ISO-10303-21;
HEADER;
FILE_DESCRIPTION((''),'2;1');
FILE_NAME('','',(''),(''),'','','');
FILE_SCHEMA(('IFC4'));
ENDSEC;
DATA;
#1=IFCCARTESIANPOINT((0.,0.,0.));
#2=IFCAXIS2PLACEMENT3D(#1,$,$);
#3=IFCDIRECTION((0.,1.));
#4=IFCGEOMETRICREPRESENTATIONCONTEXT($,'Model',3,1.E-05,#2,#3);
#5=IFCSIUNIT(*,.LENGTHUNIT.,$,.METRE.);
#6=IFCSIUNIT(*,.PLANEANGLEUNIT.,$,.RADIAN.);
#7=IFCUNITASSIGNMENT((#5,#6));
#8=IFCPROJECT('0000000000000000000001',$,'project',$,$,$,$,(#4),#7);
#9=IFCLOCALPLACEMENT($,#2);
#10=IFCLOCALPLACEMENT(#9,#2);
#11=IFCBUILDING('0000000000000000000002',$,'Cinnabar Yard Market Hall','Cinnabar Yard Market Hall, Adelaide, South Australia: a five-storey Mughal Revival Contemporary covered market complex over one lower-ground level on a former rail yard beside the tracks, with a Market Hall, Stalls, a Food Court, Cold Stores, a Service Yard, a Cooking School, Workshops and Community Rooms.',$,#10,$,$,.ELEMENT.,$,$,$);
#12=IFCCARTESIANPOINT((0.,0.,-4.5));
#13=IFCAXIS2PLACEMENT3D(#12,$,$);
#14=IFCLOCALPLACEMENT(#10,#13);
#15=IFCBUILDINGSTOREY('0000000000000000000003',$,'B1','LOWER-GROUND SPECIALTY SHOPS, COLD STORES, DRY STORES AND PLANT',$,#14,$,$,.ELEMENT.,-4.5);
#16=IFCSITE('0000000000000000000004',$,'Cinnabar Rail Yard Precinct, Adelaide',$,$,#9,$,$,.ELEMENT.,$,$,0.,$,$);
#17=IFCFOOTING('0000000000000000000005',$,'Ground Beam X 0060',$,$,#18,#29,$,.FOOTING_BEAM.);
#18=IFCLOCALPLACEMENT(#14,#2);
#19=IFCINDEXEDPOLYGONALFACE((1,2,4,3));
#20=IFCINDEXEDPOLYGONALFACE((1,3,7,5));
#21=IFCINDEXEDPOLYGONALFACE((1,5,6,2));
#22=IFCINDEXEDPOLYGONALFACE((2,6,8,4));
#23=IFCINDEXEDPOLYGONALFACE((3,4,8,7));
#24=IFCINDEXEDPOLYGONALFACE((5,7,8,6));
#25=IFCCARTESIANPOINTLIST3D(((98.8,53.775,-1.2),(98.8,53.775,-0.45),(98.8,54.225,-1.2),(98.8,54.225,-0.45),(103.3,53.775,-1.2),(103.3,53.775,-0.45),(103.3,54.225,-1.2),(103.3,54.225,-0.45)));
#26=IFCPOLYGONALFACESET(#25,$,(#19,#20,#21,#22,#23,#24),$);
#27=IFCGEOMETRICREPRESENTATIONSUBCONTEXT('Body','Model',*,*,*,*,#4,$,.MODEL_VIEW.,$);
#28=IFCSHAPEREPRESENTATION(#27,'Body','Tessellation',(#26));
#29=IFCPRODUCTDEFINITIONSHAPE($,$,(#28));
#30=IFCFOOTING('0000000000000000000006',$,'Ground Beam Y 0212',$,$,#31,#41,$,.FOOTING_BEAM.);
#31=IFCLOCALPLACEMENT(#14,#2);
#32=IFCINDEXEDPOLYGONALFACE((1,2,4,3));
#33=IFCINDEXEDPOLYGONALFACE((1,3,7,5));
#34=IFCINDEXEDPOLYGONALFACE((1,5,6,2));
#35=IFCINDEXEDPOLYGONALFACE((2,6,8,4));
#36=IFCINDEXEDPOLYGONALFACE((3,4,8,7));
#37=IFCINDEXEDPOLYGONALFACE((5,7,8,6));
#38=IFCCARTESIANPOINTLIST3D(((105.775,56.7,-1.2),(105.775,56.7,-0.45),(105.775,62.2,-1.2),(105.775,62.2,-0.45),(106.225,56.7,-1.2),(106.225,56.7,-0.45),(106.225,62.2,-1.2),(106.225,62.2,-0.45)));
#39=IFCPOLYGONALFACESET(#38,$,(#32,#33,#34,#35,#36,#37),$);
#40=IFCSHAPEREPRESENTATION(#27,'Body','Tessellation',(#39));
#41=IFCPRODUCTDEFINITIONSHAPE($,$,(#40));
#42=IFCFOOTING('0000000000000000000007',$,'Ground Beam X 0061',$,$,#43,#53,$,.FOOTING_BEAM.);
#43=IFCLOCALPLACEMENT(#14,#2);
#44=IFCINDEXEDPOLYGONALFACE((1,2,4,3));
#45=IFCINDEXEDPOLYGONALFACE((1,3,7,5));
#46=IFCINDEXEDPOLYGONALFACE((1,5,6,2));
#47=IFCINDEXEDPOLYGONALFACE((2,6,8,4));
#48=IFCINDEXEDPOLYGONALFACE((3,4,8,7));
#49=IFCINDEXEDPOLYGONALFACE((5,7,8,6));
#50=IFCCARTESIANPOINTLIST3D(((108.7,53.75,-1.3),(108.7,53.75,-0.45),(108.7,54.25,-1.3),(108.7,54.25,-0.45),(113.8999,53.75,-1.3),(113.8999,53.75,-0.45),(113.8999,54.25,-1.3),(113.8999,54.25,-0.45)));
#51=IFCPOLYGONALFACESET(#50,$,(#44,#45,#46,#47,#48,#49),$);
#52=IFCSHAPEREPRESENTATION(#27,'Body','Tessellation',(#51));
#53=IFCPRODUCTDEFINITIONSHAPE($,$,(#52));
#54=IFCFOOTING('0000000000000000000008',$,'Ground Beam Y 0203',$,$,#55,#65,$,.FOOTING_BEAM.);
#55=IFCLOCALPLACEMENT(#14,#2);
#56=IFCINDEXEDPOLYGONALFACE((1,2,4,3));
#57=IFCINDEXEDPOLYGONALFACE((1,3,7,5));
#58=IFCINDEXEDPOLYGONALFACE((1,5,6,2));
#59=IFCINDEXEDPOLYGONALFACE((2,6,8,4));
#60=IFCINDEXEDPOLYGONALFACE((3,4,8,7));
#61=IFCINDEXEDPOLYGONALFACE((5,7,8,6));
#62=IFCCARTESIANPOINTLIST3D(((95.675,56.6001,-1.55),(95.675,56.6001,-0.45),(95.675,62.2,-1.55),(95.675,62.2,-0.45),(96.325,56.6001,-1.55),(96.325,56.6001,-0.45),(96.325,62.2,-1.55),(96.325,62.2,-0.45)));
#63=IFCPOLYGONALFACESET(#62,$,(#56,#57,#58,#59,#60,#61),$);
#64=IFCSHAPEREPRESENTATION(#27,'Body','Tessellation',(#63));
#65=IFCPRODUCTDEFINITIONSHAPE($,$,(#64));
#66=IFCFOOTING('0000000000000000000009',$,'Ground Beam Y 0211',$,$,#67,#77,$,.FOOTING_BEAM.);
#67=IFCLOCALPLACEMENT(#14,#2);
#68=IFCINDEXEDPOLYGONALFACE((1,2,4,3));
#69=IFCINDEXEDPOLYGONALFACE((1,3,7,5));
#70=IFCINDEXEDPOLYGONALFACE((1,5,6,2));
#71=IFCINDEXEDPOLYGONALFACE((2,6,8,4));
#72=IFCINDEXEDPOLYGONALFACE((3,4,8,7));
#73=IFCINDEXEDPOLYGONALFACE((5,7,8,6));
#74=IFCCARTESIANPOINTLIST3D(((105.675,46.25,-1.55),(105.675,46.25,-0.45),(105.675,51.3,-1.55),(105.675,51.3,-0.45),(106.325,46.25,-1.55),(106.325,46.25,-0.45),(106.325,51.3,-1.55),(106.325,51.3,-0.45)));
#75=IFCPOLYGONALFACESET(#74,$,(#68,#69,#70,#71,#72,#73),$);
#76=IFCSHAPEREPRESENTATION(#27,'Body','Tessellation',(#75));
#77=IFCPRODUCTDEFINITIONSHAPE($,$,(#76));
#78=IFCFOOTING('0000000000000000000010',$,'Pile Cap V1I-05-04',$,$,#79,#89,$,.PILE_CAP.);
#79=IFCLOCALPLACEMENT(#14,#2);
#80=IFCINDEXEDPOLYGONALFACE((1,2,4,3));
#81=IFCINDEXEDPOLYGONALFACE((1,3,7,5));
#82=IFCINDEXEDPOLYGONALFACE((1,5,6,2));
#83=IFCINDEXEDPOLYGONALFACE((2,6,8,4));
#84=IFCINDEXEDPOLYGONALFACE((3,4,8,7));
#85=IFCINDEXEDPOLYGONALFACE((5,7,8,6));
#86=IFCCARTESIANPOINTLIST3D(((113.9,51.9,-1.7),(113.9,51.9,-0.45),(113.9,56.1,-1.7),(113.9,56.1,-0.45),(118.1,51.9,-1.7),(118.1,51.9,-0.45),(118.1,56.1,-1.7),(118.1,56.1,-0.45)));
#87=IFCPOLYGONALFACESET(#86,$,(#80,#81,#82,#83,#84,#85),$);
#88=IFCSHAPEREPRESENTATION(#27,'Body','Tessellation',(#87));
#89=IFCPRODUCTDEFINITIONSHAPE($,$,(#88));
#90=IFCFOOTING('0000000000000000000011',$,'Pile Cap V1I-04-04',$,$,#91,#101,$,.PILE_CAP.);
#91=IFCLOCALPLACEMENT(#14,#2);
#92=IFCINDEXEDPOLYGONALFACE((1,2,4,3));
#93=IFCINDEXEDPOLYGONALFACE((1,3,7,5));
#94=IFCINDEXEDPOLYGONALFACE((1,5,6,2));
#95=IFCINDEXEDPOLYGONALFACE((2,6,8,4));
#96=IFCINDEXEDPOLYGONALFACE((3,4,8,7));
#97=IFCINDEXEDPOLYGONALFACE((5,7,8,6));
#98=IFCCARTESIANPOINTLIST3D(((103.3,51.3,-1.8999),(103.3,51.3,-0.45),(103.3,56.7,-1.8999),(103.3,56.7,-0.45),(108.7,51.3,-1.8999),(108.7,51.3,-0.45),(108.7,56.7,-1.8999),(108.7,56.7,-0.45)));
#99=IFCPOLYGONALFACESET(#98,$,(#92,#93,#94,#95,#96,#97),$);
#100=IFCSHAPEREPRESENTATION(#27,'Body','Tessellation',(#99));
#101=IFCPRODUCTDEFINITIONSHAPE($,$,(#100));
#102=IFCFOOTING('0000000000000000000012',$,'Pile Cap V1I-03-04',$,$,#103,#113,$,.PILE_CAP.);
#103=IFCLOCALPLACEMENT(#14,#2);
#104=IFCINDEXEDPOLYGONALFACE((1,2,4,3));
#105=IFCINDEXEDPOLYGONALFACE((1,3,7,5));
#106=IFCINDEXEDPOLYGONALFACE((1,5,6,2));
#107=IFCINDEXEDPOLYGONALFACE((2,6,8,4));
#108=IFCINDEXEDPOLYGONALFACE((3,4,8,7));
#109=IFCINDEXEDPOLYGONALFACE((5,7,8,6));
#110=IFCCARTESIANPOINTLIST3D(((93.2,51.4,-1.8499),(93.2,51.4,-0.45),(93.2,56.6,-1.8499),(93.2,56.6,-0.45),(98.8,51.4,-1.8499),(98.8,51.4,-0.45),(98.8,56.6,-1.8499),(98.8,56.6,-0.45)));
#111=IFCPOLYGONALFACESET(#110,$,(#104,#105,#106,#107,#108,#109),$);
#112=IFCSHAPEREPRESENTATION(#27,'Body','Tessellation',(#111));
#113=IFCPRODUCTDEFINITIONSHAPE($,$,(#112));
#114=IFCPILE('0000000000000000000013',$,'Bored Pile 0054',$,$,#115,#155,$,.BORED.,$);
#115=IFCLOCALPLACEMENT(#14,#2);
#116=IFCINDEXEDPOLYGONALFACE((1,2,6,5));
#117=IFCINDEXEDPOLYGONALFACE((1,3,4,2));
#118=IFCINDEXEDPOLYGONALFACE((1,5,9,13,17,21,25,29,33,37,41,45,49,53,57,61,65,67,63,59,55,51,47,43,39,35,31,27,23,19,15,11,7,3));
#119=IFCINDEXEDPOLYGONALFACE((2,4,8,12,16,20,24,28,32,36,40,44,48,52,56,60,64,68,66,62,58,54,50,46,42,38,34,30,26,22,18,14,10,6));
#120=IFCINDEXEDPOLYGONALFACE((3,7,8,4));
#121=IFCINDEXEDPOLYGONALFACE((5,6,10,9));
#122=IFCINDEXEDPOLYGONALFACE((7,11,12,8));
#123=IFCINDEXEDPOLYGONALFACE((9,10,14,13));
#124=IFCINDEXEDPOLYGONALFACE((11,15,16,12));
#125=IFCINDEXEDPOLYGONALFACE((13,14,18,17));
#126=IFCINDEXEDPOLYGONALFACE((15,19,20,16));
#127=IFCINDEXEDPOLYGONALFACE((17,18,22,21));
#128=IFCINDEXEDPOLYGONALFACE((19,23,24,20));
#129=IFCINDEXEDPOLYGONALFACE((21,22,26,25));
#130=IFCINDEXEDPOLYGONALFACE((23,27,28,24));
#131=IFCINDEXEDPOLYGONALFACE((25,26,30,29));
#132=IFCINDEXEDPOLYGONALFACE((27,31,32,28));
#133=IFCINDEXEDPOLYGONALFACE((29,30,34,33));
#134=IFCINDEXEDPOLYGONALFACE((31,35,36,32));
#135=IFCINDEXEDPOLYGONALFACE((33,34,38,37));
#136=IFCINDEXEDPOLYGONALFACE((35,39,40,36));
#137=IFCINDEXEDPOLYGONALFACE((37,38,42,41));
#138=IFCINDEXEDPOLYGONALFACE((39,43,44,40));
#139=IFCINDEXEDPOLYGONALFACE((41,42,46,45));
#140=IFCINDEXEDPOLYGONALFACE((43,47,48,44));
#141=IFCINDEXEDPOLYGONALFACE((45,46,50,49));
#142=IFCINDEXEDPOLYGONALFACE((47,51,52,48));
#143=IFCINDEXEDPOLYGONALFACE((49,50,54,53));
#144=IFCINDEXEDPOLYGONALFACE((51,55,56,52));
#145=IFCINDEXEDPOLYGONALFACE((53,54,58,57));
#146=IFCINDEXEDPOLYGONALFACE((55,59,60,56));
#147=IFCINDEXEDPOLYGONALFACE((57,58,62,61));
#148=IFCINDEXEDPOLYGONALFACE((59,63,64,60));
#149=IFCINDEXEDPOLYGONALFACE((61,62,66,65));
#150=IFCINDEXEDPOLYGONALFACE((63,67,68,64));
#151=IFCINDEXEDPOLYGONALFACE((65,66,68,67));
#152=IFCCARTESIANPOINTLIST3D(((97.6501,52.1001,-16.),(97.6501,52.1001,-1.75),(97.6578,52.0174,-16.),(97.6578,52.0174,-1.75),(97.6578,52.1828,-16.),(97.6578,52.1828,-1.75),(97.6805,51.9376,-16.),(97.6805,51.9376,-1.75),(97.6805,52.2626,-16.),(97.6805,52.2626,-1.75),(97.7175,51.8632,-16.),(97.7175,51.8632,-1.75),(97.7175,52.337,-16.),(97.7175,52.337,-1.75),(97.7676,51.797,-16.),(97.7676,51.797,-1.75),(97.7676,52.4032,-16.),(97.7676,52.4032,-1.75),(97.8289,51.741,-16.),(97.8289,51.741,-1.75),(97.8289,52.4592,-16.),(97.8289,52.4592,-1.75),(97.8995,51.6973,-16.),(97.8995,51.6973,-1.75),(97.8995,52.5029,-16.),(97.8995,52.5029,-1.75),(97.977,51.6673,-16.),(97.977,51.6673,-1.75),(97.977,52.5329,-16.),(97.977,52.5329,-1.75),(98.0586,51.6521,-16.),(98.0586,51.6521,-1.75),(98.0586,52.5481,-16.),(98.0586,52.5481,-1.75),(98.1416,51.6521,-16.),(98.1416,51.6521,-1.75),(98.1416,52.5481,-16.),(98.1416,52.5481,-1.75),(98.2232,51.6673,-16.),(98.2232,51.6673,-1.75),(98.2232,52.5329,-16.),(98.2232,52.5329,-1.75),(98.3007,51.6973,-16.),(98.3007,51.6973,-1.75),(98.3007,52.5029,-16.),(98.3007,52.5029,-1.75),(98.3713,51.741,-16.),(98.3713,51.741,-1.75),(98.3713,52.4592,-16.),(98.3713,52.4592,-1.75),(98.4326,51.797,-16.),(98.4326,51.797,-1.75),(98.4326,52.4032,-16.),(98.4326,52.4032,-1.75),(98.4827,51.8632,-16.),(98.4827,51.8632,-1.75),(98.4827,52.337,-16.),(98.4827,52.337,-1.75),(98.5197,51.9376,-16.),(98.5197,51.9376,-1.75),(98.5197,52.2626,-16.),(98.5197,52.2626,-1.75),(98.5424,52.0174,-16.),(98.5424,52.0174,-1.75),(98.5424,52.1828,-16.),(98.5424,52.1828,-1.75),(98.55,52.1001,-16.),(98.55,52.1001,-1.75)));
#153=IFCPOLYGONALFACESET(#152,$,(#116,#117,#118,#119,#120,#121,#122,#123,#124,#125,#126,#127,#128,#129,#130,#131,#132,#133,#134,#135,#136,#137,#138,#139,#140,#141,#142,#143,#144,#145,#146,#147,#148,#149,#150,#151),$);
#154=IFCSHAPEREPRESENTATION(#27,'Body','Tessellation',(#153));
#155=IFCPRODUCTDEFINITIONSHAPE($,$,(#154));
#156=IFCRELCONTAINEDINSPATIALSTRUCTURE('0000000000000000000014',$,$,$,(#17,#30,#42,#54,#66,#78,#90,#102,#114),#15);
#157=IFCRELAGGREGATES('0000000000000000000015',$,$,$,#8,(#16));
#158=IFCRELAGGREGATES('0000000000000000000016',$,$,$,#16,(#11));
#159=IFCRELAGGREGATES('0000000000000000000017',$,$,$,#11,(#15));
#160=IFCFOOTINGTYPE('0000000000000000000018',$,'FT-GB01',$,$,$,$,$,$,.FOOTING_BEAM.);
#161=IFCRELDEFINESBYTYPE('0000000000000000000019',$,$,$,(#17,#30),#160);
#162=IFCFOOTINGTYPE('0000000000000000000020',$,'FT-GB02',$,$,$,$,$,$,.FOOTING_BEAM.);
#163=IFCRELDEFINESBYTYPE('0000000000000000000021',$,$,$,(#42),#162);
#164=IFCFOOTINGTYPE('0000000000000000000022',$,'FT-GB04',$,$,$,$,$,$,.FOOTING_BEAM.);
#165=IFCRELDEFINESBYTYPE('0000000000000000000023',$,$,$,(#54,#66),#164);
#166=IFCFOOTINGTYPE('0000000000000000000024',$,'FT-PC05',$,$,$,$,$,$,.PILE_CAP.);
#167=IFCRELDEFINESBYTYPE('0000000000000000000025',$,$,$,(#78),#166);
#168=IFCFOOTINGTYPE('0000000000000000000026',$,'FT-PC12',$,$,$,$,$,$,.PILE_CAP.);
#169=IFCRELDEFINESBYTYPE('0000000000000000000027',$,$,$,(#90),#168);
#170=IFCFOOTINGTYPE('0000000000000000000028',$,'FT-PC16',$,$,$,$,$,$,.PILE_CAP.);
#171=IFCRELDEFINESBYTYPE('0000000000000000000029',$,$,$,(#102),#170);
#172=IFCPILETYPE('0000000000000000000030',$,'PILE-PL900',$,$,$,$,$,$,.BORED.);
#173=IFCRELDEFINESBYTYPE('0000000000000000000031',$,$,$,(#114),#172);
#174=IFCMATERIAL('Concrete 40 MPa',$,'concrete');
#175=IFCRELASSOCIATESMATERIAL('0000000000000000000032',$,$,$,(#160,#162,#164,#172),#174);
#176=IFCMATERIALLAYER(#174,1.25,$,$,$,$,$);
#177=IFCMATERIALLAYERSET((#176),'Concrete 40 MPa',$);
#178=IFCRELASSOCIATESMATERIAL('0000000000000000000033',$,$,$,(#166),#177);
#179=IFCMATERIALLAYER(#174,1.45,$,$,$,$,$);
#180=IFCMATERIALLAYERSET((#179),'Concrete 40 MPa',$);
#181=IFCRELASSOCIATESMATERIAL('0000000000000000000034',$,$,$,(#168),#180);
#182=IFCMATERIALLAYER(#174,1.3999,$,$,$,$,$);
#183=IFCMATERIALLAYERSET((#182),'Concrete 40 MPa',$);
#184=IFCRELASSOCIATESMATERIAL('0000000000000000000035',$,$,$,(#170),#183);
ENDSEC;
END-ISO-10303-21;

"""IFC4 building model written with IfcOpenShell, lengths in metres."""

from ifc_helpers import new_model, si_unit, direction, frame, origin, origin_2d_with_axis, place, context, subcontext, project, spatial, rectangle, circle, extrude, material, layer, layer_set, material_profile, profile_set, type_object, element, save


model = new_model("IFC4")

# Units and contexts
model_context = context("Model", 3, precision=1e-05, world=origin(), true_north=direction((0.0, 1.0)))
body_context = subcontext(model_context, "Body", "Model", "MODEL_VIEW")
ifc_project = project(units=[si_unit("LENGTHUNIT", "METRE"), si_unit("PLANEANGLEUNIT", "RADIAN")], contexts=[model_context])

# Site, building, storey
site_placement = place(None, origin())
site = spatial("IfcSite", under=ifc_project, at=site_placement, Name="Cinnabar Rail Yard Precinct, Adelaide", CompositionType="ELEMENT", RefElevation=0.0)
building_placement = place(site_placement, origin())
building = spatial("IfcBuilding", under=site, at=building_placement, Name="Cinnabar Yard Market Hall", Description="Cinnabar Yard Market Hall, Adelaide, South Australia: a five-storey Mughal Revival Contemporary covered market complex over one lower-ground level on a former rail yard beside the tracks, with a Market Hall, Stalls, a Food Court, Cold Stores, a Service Yard, a Cooking School, Workshops and Community Rooms.", CompositionType="ELEMENT")
storey_placement = place(building_placement, frame((0.0, 0.0, -4.5)))
storey = spatial("IfcBuildingStorey", under=building, at=storey_placement, Name="B1", Description="LOWER-GROUND SPECIALTY SHOPS, COLD STORES, DRY STORES AND PLANT", CompositionType="ELEMENT", Elevation=-4.5)

# Footings
ifc_material_1 = material(Name="Concrete 40 MPa", Category="concrete")
ifc_material_profile_1 = material_profile(ifc_material_1, rectangle(XDim=0.45, YDim=0.75, at=origin_2d_with_axis()), Name="GB-450x750")
ifc_profile_set_1 = profile_set([ifc_material_profile_1], Name="Concrete 40 MPa")
footing_type_1 = type_object("IfcFootingType", Name="FT-GB01", PredefinedType="FOOTING_BEAM", material=ifc_profile_set_1)
footing_1_placement = place(storey_placement, frame((98.8, 54.0, -0.825), z_axis=(1.0, 0.0, 0.0), x_axis=(0.0, 1.0, 0.0)))
element("IfcFooting", 1, at=footing_1_placement, inside=storey, type_object=footing_type_1, Name="Ground Beam X 0060", PredefinedType="FOOTING_BEAM", context=body_context, shape_type="SweptSolid", body=[
    extrude(rectangle(XDim=0.45, YDim=0.75, at=origin_2d_with_axis()), origin(), (0.0, 0.0, 1.0), 4.5),
])
footing_2_placement = place(storey_placement, frame((106.0, 56.7, -0.825), z_axis=(0.0, 1.0, 0.0), x_axis=(-1.0, 0.0, 0.0)))
element("IfcFooting", 2, at=footing_2_placement, inside=storey, type_object=footing_type_1, Name="Ground Beam Y 0212", PredefinedType="FOOTING_BEAM", context=body_context, shape_type="SweptSolid", body=[
    extrude(rectangle(XDim=0.45, YDim=0.75, at=origin_2d_with_axis()), origin(), (0.0, 0.0, 1.0), 5.5),
])
ifc_material_profile_2 = material_profile(ifc_material_1, rectangle(XDim=0.5, YDim=0.8501, at=origin_2d_with_axis()), Name="GB-500x850")
ifc_profile_set_2 = profile_set([ifc_material_profile_2], Name="Concrete 40 MPa")
footing_type_2 = type_object("IfcFootingType", Name="FT-GB02", PredefinedType="FOOTING_BEAM", material=ifc_profile_set_2)
footing_3_placement = place(storey_placement, frame((108.7, 54.0, -0.875), z_axis=(1.0, 0.0, 0.0), x_axis=(0.0, 1.0, 0.0)))
element("IfcFooting", 3, at=footing_3_placement, inside=storey, type_object=footing_type_2, Name="Ground Beam X 0061", PredefinedType="FOOTING_BEAM", context=body_context, shape_type="SweptSolid", body=[
    extrude(rectangle(XDim=0.5, YDim=0.8501, at=origin_2d_with_axis()), origin(), (0.0, 0.0, 1.0), 5.2),
])
ifc_material_profile_3 = material_profile(ifc_material_1, rectangle(XDim=0.6499, YDim=1.1001, at=origin_2d_with_axis()), Name="GB-650x1100")
ifc_profile_set_3 = profile_set([ifc_material_profile_3], Name="Concrete 40 MPa")
footing_type_3 = type_object("IfcFootingType", Name="FT-GB04", PredefinedType="FOOTING_BEAM", material=ifc_profile_set_3)
footing_4_placement = place(storey_placement, frame((96.0, 56.6001, -1.0), z_axis=(0.0, 1.0, 0.0), x_axis=(-1.0, 0.0, 0.0)))
element("IfcFooting", 4, at=footing_4_placement, inside=storey, type_object=footing_type_3, Name="Ground Beam Y 0203", PredefinedType="FOOTING_BEAM", context=body_context, shape_type="SweptSolid", body=[
    extrude(rectangle(XDim=0.6499, YDim=1.1001, at=origin_2d_with_axis()), origin(), (0.0, 0.0, 1.0), 5.5999),
])
footing_5_placement = place(storey_placement, frame((106.0, 46.25, -1.0), z_axis=(0.0, 1.0, 0.0), x_axis=(-1.0, 0.0, 0.0)))
element("IfcFooting", 5, at=footing_5_placement, inside=storey, type_object=footing_type_3, Name="Ground Beam Y 0211", PredefinedType="FOOTING_BEAM", context=body_context, shape_type="SweptSolid", body=[
    extrude(rectangle(XDim=0.6499, YDim=1.1001, at=origin_2d_with_axis()), origin(), (0.0, 0.0, 1.0), 5.05),
])
ifc_layer_1 = layer(ifc_material_1, 1.25)
ifc_layer_set_1 = layer_set([ifc_layer_1], Name="Concrete 40 MPa")
footing_type_4 = type_object("IfcFootingType", Name="FT-PC05", PredefinedType="PILE_CAP", material=ifc_layer_set_1)
footing_6_placement = place(storey_placement, frame((116.0, 54.0, -1.7), z_axis=(0.0, 0.0, 1.0), x_axis=(1.0, 0.0, 0.0)))
element("IfcFooting", 6, at=footing_6_placement, inside=storey, type_object=footing_type_4, Name="Pile Cap V1I-05-04", PredefinedType="PILE_CAP", context=body_context, shape_type="SweptSolid", body=[
    extrude(rectangle(XDim=4.2, YDim=4.2, at=origin_2d_with_axis()), origin(), (0.0, 0.0, 1.0), 1.25),
])
ifc_layer_2 = layer(ifc_material_1, 1.45)
ifc_layer_set_2 = layer_set([ifc_layer_2], Name="Concrete 40 MPa")
footing_type_5 = type_object("IfcFootingType", Name="FT-PC12", PredefinedType="PILE_CAP", material=ifc_layer_set_2)
footing_7_placement = place(storey_placement, frame((106.0, 54.0, -1.8999), z_axis=(0.0, 0.0, 1.0), x_axis=(1.0, 0.0, 0.0)))
element("IfcFooting", 7, at=footing_7_placement, inside=storey, type_object=footing_type_5, Name="Pile Cap V1I-04-04", PredefinedType="PILE_CAP", context=body_context, shape_type="SweptSolid", body=[
    extrude(rectangle(XDim=5.3999, YDim=5.3999, at=origin_2d_with_axis()), origin(), (0.0, 0.0, 1.0), 1.45),
])
ifc_layer_3 = layer(ifc_material_1, 1.3999)
ifc_layer_set_3 = layer_set([ifc_layer_3], Name="Concrete 40 MPa")
footing_type_6 = type_object("IfcFootingType", Name="FT-PC16", PredefinedType="PILE_CAP", material=ifc_layer_set_3)
footing_8_placement = place(storey_placement, frame((96.0, 54.0, -1.8499), z_axis=(0.0, 0.0, 1.0), x_axis=(1.0, 0.0, 0.0)))
element("IfcFooting", 8, at=footing_8_placement, inside=storey, type_object=footing_type_6, Name="Pile Cap V1I-03-04", PredefinedType="PILE_CAP", context=body_context, shape_type="SweptSolid", body=[
    extrude(rectangle(XDim=5.6001, YDim=5.2, at=origin_2d_with_axis()), origin(), (0.0, 0.0, 1.0), 1.3999),
])

# Pile
ifc_material_profile_4 = material_profile(ifc_material_1, circle(Radius=0.45, at=origin_2d_with_axis()), Name="PILE-D900")
ifc_profile_set_4 = profile_set([ifc_material_profile_4], Name="Concrete 40 MPa")
pile_type = type_object("IfcPileType", Name="PILE-PL900", PredefinedType="BORED", material=ifc_profile_set_4)
for number, where, z_axis, x_axis, name in (
    (9, (98.1001, 52.1001, -1.75), (0.0, 0.0, -1.0), (1.0, 0.0, 0.0), "Bored Pile 0054"),
):
    element("IfcPile", number, at=place(storey_placement, frame(where, z_axis=z_axis, x_axis=x_axis)), inside=storey, type_object=pile_type, Name=name, PredefinedType="BORED", context=body_context, shape_type="SweptSolid", body=[
        extrude(circle(Radius=0.45, at=origin_2d_with_axis()), origin(), (0.0, 0.0, 1.0), 14.25),
    ])

save(model, "model.ifc")
